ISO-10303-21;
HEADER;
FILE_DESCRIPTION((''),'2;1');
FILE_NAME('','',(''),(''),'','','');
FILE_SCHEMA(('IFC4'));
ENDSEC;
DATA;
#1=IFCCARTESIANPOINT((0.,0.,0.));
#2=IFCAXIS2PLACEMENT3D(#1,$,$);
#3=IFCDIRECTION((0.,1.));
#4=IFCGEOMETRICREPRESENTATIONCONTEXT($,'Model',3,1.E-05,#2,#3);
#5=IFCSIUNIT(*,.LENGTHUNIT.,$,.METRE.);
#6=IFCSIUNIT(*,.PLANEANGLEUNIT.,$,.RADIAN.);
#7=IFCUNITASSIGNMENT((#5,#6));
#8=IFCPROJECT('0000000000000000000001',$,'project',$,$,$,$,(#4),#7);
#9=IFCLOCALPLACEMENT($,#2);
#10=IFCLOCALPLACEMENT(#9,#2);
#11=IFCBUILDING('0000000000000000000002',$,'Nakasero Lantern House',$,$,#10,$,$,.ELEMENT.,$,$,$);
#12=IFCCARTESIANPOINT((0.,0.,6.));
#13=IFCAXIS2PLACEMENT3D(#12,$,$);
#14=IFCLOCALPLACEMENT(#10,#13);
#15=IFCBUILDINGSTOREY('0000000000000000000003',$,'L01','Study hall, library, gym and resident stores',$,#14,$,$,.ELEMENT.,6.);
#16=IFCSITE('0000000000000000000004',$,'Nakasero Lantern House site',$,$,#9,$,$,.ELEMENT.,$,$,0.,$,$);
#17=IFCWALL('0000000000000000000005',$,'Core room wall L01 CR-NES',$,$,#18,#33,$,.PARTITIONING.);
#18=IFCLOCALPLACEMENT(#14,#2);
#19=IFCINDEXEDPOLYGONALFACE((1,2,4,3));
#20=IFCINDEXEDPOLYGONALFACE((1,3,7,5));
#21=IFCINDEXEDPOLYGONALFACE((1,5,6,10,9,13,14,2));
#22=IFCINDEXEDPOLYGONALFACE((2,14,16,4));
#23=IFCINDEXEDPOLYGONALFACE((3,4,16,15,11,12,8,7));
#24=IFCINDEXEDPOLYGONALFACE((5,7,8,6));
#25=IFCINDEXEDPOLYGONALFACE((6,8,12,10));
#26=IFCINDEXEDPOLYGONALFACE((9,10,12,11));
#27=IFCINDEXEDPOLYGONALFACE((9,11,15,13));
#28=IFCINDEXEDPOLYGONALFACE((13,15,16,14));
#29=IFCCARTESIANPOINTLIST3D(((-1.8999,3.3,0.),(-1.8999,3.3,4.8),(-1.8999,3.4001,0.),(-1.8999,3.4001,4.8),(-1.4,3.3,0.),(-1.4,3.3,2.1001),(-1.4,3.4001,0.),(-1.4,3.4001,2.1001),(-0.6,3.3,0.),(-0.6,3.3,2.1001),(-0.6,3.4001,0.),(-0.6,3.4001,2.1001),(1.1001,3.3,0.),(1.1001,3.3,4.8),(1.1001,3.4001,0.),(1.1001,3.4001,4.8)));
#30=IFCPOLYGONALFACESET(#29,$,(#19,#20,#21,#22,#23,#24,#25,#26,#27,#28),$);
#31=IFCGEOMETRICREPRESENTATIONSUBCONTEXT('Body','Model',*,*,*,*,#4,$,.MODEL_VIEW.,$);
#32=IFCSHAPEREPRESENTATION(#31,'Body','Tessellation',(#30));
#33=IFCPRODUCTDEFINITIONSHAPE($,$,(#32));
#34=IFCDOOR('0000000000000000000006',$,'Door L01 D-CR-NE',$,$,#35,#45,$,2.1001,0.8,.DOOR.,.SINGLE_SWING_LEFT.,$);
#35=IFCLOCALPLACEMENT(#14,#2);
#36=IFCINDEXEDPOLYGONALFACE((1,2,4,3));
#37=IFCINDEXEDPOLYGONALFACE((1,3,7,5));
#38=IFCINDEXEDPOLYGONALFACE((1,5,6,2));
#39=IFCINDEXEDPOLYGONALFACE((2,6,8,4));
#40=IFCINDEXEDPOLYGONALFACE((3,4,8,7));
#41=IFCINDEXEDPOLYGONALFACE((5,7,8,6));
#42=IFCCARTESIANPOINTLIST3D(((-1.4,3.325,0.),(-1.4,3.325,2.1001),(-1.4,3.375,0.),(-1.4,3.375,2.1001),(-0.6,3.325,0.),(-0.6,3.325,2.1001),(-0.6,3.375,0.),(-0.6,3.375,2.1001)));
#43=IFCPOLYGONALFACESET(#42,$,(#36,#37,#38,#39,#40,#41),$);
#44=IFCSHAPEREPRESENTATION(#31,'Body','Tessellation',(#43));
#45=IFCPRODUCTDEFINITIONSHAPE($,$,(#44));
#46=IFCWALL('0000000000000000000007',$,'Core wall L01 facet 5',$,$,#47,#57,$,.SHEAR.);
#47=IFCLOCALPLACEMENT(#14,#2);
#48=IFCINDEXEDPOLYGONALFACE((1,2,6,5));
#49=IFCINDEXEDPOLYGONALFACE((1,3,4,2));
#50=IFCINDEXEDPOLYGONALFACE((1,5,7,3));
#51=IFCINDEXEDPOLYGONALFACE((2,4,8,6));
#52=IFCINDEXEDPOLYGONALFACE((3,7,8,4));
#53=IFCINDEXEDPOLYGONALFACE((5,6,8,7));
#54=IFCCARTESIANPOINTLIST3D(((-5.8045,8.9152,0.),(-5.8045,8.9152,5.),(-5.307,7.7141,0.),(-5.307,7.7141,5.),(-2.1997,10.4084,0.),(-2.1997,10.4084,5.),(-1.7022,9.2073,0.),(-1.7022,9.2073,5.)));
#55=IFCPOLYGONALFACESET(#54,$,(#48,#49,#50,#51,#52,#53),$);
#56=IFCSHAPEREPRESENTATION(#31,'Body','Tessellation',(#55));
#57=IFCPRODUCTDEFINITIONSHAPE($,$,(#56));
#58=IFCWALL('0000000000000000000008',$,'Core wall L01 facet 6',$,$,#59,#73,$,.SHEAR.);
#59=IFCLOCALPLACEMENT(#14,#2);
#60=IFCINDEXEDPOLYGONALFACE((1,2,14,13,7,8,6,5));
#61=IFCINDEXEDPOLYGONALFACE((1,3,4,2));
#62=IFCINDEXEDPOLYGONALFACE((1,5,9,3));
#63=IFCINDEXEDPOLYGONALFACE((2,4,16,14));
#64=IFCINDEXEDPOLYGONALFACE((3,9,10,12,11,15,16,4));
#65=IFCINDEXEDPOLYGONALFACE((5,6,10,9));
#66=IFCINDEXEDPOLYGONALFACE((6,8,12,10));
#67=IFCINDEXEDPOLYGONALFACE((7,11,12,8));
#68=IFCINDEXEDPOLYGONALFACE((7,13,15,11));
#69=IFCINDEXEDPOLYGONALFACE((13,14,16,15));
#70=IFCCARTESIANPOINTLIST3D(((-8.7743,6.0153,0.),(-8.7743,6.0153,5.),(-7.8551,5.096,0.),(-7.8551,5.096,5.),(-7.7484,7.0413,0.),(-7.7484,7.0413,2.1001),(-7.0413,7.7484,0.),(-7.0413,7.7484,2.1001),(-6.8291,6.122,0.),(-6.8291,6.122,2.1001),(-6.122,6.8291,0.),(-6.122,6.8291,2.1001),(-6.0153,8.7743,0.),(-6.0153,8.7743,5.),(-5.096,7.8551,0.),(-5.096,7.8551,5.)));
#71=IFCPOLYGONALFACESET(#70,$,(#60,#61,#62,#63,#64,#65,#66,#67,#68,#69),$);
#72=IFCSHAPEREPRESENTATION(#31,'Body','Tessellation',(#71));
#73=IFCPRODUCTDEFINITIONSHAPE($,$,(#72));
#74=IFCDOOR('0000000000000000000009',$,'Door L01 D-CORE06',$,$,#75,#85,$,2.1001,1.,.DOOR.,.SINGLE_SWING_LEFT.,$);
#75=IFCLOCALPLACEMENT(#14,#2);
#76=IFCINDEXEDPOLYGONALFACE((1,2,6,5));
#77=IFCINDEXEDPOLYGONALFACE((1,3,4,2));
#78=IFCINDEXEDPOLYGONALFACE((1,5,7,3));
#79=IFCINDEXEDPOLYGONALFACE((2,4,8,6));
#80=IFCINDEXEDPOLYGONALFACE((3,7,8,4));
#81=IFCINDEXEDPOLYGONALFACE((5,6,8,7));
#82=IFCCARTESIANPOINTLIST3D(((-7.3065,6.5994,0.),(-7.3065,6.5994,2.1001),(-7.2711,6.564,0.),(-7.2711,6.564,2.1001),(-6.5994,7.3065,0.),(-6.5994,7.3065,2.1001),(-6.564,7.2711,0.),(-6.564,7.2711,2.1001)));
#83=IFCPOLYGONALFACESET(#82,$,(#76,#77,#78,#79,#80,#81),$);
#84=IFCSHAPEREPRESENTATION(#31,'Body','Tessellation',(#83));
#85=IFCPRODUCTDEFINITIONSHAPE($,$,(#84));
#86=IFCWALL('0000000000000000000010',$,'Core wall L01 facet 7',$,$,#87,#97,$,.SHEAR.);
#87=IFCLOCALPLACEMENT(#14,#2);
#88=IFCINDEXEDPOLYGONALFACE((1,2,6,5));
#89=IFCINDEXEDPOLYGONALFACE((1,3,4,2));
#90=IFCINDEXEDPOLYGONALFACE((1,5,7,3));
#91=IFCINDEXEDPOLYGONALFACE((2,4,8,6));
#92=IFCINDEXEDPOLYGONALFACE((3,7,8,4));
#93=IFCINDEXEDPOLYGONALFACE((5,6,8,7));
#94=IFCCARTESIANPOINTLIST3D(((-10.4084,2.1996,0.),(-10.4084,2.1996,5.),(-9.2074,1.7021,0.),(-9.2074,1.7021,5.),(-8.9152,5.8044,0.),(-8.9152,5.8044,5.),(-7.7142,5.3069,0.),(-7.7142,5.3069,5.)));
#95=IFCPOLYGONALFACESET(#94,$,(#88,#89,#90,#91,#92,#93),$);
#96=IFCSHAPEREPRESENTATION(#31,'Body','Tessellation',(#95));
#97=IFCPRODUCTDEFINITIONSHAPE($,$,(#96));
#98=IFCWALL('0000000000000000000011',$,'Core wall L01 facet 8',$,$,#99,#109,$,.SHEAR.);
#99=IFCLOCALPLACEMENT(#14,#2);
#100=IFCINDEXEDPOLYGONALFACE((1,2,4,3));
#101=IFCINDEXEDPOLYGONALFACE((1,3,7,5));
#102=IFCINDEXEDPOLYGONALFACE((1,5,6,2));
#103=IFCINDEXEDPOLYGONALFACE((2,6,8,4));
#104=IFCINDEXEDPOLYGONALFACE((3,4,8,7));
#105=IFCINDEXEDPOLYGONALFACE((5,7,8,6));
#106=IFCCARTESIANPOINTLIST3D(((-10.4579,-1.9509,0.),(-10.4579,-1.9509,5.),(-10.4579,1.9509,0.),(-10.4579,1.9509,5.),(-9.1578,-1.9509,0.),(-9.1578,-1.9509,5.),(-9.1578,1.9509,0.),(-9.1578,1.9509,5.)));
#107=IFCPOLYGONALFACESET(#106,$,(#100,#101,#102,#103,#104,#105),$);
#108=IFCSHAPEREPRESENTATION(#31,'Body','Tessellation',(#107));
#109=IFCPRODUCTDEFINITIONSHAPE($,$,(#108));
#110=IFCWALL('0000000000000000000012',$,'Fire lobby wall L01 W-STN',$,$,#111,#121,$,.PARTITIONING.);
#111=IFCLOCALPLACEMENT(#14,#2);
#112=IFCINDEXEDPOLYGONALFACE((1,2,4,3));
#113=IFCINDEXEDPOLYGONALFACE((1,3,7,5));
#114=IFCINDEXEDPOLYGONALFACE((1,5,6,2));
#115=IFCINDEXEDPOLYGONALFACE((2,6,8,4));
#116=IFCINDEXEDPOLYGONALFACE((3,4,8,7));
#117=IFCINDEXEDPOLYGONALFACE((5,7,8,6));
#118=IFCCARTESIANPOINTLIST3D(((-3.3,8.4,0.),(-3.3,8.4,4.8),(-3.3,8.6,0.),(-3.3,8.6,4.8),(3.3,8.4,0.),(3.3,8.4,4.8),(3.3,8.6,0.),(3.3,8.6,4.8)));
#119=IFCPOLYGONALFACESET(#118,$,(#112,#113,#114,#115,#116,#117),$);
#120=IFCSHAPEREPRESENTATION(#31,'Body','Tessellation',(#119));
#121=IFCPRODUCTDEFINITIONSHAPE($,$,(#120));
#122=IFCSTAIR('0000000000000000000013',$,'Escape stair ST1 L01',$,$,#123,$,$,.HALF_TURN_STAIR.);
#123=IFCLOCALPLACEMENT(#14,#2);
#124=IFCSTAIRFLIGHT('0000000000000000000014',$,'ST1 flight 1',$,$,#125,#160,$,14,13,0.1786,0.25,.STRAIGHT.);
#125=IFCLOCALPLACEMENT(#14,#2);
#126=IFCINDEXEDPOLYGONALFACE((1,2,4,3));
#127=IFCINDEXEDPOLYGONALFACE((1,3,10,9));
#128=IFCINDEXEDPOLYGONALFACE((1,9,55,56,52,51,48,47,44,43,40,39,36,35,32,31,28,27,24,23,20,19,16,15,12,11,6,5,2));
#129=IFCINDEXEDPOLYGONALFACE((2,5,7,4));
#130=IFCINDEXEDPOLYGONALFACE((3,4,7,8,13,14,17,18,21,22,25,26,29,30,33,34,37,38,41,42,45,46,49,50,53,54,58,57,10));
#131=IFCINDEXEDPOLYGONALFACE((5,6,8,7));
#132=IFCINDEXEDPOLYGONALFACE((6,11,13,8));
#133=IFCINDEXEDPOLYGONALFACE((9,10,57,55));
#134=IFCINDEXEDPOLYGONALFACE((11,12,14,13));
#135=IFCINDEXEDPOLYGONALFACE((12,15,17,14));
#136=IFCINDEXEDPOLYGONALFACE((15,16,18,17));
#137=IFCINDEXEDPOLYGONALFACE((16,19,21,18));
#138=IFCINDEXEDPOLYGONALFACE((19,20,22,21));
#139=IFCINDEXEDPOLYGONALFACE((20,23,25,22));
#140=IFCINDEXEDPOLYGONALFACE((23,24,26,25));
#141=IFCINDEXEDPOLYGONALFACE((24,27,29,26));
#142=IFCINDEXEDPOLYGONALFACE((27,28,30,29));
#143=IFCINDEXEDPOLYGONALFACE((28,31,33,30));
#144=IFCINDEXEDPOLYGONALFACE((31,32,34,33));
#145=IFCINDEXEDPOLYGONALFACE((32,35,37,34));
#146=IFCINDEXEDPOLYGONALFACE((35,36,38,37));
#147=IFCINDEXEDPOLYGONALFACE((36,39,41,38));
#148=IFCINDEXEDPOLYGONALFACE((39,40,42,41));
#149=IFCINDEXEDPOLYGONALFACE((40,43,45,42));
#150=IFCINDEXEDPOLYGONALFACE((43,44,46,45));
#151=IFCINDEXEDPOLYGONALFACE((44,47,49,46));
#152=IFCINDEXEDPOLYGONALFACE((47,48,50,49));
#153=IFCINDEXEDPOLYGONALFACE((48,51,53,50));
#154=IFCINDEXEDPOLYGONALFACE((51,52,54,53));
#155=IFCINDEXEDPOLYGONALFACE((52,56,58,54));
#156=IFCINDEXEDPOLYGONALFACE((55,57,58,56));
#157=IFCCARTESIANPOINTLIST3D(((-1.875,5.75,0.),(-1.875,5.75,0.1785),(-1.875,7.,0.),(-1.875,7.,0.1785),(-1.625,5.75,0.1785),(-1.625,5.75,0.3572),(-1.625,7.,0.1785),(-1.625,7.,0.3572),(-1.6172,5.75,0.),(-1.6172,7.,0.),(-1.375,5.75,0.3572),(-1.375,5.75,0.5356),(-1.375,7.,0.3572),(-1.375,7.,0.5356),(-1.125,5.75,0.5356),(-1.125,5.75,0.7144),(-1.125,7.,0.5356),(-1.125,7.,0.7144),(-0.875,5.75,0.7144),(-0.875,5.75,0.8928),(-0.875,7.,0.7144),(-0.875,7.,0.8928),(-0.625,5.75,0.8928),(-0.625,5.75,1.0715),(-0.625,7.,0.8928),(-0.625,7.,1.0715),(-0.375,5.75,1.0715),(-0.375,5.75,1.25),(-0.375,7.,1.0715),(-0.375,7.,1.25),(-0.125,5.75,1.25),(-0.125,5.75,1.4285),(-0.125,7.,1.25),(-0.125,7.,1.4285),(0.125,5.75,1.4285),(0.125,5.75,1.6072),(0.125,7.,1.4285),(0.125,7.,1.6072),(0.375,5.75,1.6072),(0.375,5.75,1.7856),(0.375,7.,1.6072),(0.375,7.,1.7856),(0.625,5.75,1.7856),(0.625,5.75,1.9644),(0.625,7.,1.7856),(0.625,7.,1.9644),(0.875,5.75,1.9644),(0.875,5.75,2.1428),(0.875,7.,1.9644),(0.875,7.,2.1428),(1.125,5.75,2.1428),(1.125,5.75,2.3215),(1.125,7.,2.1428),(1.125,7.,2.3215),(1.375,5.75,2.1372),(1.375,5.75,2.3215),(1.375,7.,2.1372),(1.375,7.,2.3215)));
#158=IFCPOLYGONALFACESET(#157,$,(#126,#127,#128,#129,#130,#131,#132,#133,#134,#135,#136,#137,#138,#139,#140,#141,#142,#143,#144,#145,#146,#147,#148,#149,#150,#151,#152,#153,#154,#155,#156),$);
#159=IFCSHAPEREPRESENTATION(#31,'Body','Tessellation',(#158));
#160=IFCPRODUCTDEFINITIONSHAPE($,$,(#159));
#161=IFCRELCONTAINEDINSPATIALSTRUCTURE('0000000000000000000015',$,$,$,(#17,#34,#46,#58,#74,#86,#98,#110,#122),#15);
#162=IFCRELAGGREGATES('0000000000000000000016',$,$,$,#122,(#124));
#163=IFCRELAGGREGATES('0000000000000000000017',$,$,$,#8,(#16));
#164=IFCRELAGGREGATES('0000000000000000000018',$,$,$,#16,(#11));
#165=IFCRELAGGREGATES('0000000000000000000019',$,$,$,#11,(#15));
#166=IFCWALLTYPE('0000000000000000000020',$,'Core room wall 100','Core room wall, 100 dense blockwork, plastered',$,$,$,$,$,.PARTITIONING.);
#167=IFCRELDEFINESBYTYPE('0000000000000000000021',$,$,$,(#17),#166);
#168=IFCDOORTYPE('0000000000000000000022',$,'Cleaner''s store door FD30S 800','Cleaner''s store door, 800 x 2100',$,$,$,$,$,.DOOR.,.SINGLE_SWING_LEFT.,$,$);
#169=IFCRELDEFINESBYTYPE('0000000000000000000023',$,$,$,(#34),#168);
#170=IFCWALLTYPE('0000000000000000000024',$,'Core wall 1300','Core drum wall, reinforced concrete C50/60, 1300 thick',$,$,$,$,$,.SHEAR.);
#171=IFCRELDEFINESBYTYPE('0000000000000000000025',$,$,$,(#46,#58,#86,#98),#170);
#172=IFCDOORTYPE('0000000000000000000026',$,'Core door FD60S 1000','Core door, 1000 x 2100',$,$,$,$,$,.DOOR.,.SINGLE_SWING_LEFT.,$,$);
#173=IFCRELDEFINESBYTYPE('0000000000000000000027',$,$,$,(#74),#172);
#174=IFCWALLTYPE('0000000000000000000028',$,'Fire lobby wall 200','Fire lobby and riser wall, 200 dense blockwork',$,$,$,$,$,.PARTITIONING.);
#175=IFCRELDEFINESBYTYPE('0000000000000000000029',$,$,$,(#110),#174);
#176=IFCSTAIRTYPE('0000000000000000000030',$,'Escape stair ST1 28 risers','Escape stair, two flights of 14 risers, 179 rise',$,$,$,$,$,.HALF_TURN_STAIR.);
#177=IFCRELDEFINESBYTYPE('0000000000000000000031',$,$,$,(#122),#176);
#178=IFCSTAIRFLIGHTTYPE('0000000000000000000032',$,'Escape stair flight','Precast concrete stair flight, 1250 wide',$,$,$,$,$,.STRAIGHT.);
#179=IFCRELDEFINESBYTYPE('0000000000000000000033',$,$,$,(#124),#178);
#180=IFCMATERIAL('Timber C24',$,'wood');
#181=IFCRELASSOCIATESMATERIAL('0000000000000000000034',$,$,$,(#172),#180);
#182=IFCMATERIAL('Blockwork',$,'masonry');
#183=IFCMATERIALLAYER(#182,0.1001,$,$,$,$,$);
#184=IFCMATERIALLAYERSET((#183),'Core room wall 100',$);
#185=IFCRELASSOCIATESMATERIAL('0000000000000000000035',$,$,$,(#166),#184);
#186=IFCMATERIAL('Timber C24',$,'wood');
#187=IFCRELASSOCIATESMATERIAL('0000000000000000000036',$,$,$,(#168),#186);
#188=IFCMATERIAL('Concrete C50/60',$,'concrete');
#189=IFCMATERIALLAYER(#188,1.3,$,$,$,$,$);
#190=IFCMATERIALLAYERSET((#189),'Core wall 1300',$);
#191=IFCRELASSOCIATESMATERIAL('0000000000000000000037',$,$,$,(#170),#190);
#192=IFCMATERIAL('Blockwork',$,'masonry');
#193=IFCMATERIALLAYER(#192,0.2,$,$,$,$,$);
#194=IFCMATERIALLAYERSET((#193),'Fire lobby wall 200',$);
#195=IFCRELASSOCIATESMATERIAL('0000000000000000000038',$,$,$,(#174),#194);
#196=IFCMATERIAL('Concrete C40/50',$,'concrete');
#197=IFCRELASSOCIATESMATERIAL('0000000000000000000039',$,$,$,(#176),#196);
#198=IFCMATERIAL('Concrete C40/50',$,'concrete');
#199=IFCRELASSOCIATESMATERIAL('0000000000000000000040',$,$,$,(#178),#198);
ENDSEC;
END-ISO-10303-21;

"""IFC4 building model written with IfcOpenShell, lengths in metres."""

from ifc_helpers import new_model, si_unit, direction, frame, frame_2d, origin, place, context, subcontext, project, spatial, polyline, rectangle, outline, extrude, material, layer, layer_set, type_object, element, fill, aggregate, save


model = new_model("IFC4")

# Units and contexts
model_context = context("Model", 3, precision=1e-05, world=origin(), true_north=direction((0.0, 1.0)))
body_context = subcontext(model_context, "Body", "Model", "MODEL_VIEW")
ifc_project = project(units=[si_unit("LENGTHUNIT", "METRE"), si_unit("PLANEANGLEUNIT", "RADIAN")], contexts=[model_context])

# Site, building, storey
site_placement = place(None, origin())
site = spatial("IfcSite", under=ifc_project, at=site_placement, Name="Nakasero Lantern House site", CompositionType="ELEMENT", RefElevation=0.0)
building_placement = place(site_placement, origin())
building = spatial("IfcBuilding", under=site, at=building_placement, Name="Nakasero Lantern House", CompositionType="ELEMENT")
storey_placement = place(building_placement, frame((0.0, 0.0, 6.0)))
storey = spatial("IfcBuildingStorey", under=building, at=storey_placement, Name="L01", Description="Study hall, library, gym and resident stores", CompositionType="ELEMENT", Elevation=6.0)

# Shared definitions
ifc_material_1 = material(Name="Timber C24", Category="wood")
door_type_1 = type_object("IfcDoorType", Name="Core door FD60S 1000", Description="Core door, 1000 x 2100", OperationType="SINGLE_SWING_LEFT", PredefinedType="DOOR", material=ifc_material_1)

# Wall, opening, door
ifc_material_2 = material(Name="Blockwork", Category="masonry")
ifc_layer_1 = layer(ifc_material_2, 0.1001)
ifc_layer_set_1 = layer_set([ifc_layer_1], Name="Core room wall 100")
wall_type_1 = type_object("IfcWallType", Name="Core room wall 100", Description="Core room wall, 100 dense blockwork, plastered", PredefinedType="PARTITIONING", material=ifc_layer_set_1)
wall_1_placement = place(storey_placement, frame((-1.8999, 3.3501, 0.0), z_axis=(0.0, 0.0, 1.0), x_axis=(1.0, 0.0, 0.0)))
wall_1 = element("IfcWall", 1, at=wall_1_placement, inside=storey, type_object=wall_type_1, Name="Core room wall L01 CR-NES", PredefinedType="PARTITIONING", context=body_context, shape_type="SweptSolid", body=[
    extrude(rectangle(XDim=3.0, YDim=0.1001, at=frame_2d((1.5, 0.0))), origin(), (0.0, 0.0, 1.0), 4.8),
])
opening_1_placement = place(wall_1_placement, frame((0.5, 0.0, 0.0)))
opening_1 = element("IfcOpeningElement", 2, at=opening_1_placement, cuts=wall_1, PredefinedType="OPENING", context=body_context, shape_type="SweptSolid", body=[
    extrude(rectangle(XDim=0.8, YDim=2.1001, at=frame_2d((0.3999, 1.05))), frame((0.0, 0.0701, 0.0), z_axis=(0.0, -1.0, 0.0), x_axis=(1.0, 0.0, 0.0)), (0.0, 0.0, 1.0), 0.1401),
])
ifc_material_3 = material(Name="Timber C24", Category="wood")
door_type_2 = type_object("IfcDoorType", Name="Cleaner's store door FD30S 800", Description="Cleaner's store door, 800 x 2100", OperationType="SINGLE_SWING_LEFT", PredefinedType="DOOR", material=ifc_material_3)
door_1_placement = place(opening_1_placement, origin())
door_1 = element("IfcDoor", 3, at=door_1_placement, inside=storey, type_object=door_type_2, Name="Door L01 D-CR-NE", OperationType="SINGLE_SWING_LEFT", OverallHeight=2.1001, OverallWidth=0.8, PredefinedType="DOOR", context=body_context, shape_type="SweptSolid", body=[
    extrude(rectangle(XDim=0.8, YDim=2.1001, at=frame_2d((0.3999, 1.05))), frame((0.0, 0.0249, 0.0), z_axis=(0.0, -1.0, 0.0), x_axis=(1.0, 0.0, 0.0)), (0.0, 0.0, 1.0), 0.05),
])
fill(opening_1, door_1)

# Wall
ifc_material_4 = material(Name="Concrete C50/60", Category="concrete")
ifc_layer_2 = layer(ifc_material_4, 1.3)
ifc_layer_set_2 = layer_set([ifc_layer_2], Name="Core wall 1300")
wall_type_2 = type_object("IfcWallType", Name="Core wall 1300", Description="Core drum wall, reinforced concrete C50/60, 1300 thick", PredefinedType="SHEAR", material=ifc_layer_set_2)
wall_2_placement = place(storey_placement, frame((-1.9509, 9.8079, 0.0), z_axis=(0.0, 0.0, 1.0), x_axis=(-0.923877, -0.382691, 0.0)))
element("IfcWall", 4, at=wall_2_placement, inside=storey, type_object=wall_type_2, Name="Core wall L01 facet 5", PredefinedType="SHEAR", context=body_context, shape_type="SweptSolid", body=[
    extrude(rectangle(XDim=3.9019, YDim=1.3, at=frame_2d((1.9509, 0.0))), origin(), (0.0, 0.0, 1.0), 5.0),
])

# Wall, opening, door
wall_3_placement = place(storey_placement, frame((-5.5557, 8.3147, 0.0), z_axis=(0.0, 0.0, 1.0), x_axis=(-0.707107, -0.707107, 0.0)))
wall_3 = element("IfcWall", 5, at=wall_3_placement, inside=storey, type_object=wall_type_2, Name="Core wall L01 facet 6", PredefinedType="SHEAR", context=body_context, shape_type="SweptSolid", body=[
    extrude(rectangle(XDim=3.9019, YDim=1.3, at=frame_2d((1.9509, 0.0))), origin(), (0.0, 0.0, 1.0), 5.0),
])
opening_2_placement = place(wall_3_placement, frame((1.4509, 0.0, 0.0)))
opening_2 = element("IfcOpeningElement", 6, at=opening_2_placement, cuts=wall_3, PredefinedType="OPENING", context=body_context, shape_type="SweptSolid", body=[
    extrude(rectangle(XDim=1.0, YDim=2.1001, at=frame_2d((0.5, 1.05))), frame((0.0, 0.6699, 0.0), z_axis=(0.0, -1.0, 0.0), x_axis=(1.0, 0.0, 0.0)), (0.0, 0.0, 1.0), 1.3401),
])
door_2_placement = place(opening_2_placement, origin())
door_2 = element("IfcDoor", 7, at=door_2_placement, inside=storey, type_object=door_type_1, Name="Door L01 D-CORE06", OperationType="SINGLE_SWING_LEFT", OverallHeight=2.1001, OverallWidth=1.0, PredefinedType="DOOR", context=body_context, shape_type="SweptSolid", body=[
    extrude(rectangle(XDim=1.0, YDim=2.1001, at=frame_2d((0.5, 1.05))), frame((0.0, 0.0249, 0.0), z_axis=(0.0, -1.0, 0.0), x_axis=(1.0, 0.0, 0.0)), (0.0, 0.0, 1.0), 0.05),
])
fill(opening_2, door_2)

# Walls
for number, where, z_axis, x_axis, name in (
    (8, (-8.3147, 5.5557, 0.0), (0.0, 0.0, 1.0), (-0.382691, -0.923877, 0.0), "Core wall L01 facet 7"),
    (9, (-9.8079, 1.9509, 0.0), (0.0, 0.0, 1.0), (0.0, -1.0, 0.0), "Core wall L01 facet 8"),
):
    element("IfcWall", number, at=place(storey_placement, frame(where, z_axis=z_axis, x_axis=x_axis)), inside=storey, type_object=wall_type_2, Name=name, PredefinedType="SHEAR", context=body_context, shape_type="SweptSolid", body=[
        extrude(rectangle(XDim=3.9019, YDim=1.3, at=frame_2d((1.9509, 0.0))), origin(), (0.0, 0.0, 1.0), 5.0),
    ])
ifc_material_5 = material(Name="Blockwork", Category="masonry")
ifc_layer_3 = layer(ifc_material_5, 0.2)
ifc_layer_set_3 = layer_set([ifc_layer_3], Name="Fire lobby wall 200")
wall_type_3 = type_object("IfcWallType", Name="Fire lobby wall 200", Description="Fire lobby and riser wall, 200 dense blockwork", PredefinedType="PARTITIONING", material=ifc_layer_set_3)
wall_4_placement = place(storey_placement, frame((-3.3, 8.5, 0.0), z_axis=(0.0, 0.0, 1.0), x_axis=(1.0, 0.0, 0.0)))
element("IfcWall", 10, at=wall_4_placement, inside=storey, type_object=wall_type_3, Name="Fire lobby wall L01 W-STN", PredefinedType="PARTITIONING", context=body_context, shape_type="SweptSolid", body=[
    extrude(rectangle(XDim=6.6001, YDim=0.2, at=frame_2d((3.3, 0.0))), origin(), (0.0, 0.0, 1.0), 4.8),
])

# Stair, stair flight
ifc_material_6 = material(Name="Concrete C40/50", Category="concrete")
stair_type = type_object("IfcStairType", Name="Escape stair ST1 28 risers", Description="Escape stair, two flights of 14 risers, 179 rise", PredefinedType="HALF_TURN_STAIR", material=ifc_material_6)
stair_placement = place(storey_placement, origin())
stair = element("IfcStair", 11, at=stair_placement, inside=storey, type_object=stair_type, Name="Escape stair ST1 L01", PredefinedType="HALF_TURN_STAIR")
ifc_material_7 = material(Name="Concrete C40/50", Category="concrete")
stair_flight_type = type_object("IfcStairFlightType", Name="Escape stair flight", Description="Precast concrete stair flight, 1250 wide", PredefinedType="STRAIGHT", material=ifc_material_7)
stair_flight_placement = place(storey_placement, frame((-1.875, 6.375, 0.0), z_axis=(0.0, 0.0, 1.0), x_axis=(1.0, 0.0, 0.0)))
stair_flight = element("IfcStairFlight", 12, at=stair_flight_placement, type_object=stair_flight_type, Name="ST1 flight 1", NumberOfRisers=14, NumberOfTreads=13, PredefinedType="STRAIGHT", RiserHeight=0.1786, TreadLength=0.25, context=body_context, shape_type="SweptSolid", body=[
    extrude(outline(polyline([(0.0, 0.0), (0.0, 0.1785), (0.25, 0.1785), (0.25, 0.3572), (0.5, 0.3572), (0.5, 0.5356), (0.75, 0.5356), (0.75, 0.7144), (1.0, 0.7144), (1.0, 0.8928), (1.25, 0.8928), (1.25, 1.0715), (1.5, 1.0715), (1.5, 1.25), (1.75, 1.25), (1.75, 1.4285), (2.0, 1.4285), (2.0, 1.6072), (2.25, 1.6072), (2.25, 1.7856), (2.5, 1.7856), (2.5, 1.9644), (2.75, 1.9644), (2.75, 2.1428), (3.0, 2.1428), (3.0, 2.3215), (3.25, 2.3215), (3.25, 2.5), (3.25, 2.1372), (0.2578, 0.0), (0.0, 0.0)])), frame((0.0, 0.625, 0.0), z_axis=(0.0, -1.0, 0.0), x_axis=(1.0, 0.0, 0.0)), (0.0, 0.0, 1.0), 1.25),
])
aggregate(stair, [stair_flight])

save(model, "model.ifc")
